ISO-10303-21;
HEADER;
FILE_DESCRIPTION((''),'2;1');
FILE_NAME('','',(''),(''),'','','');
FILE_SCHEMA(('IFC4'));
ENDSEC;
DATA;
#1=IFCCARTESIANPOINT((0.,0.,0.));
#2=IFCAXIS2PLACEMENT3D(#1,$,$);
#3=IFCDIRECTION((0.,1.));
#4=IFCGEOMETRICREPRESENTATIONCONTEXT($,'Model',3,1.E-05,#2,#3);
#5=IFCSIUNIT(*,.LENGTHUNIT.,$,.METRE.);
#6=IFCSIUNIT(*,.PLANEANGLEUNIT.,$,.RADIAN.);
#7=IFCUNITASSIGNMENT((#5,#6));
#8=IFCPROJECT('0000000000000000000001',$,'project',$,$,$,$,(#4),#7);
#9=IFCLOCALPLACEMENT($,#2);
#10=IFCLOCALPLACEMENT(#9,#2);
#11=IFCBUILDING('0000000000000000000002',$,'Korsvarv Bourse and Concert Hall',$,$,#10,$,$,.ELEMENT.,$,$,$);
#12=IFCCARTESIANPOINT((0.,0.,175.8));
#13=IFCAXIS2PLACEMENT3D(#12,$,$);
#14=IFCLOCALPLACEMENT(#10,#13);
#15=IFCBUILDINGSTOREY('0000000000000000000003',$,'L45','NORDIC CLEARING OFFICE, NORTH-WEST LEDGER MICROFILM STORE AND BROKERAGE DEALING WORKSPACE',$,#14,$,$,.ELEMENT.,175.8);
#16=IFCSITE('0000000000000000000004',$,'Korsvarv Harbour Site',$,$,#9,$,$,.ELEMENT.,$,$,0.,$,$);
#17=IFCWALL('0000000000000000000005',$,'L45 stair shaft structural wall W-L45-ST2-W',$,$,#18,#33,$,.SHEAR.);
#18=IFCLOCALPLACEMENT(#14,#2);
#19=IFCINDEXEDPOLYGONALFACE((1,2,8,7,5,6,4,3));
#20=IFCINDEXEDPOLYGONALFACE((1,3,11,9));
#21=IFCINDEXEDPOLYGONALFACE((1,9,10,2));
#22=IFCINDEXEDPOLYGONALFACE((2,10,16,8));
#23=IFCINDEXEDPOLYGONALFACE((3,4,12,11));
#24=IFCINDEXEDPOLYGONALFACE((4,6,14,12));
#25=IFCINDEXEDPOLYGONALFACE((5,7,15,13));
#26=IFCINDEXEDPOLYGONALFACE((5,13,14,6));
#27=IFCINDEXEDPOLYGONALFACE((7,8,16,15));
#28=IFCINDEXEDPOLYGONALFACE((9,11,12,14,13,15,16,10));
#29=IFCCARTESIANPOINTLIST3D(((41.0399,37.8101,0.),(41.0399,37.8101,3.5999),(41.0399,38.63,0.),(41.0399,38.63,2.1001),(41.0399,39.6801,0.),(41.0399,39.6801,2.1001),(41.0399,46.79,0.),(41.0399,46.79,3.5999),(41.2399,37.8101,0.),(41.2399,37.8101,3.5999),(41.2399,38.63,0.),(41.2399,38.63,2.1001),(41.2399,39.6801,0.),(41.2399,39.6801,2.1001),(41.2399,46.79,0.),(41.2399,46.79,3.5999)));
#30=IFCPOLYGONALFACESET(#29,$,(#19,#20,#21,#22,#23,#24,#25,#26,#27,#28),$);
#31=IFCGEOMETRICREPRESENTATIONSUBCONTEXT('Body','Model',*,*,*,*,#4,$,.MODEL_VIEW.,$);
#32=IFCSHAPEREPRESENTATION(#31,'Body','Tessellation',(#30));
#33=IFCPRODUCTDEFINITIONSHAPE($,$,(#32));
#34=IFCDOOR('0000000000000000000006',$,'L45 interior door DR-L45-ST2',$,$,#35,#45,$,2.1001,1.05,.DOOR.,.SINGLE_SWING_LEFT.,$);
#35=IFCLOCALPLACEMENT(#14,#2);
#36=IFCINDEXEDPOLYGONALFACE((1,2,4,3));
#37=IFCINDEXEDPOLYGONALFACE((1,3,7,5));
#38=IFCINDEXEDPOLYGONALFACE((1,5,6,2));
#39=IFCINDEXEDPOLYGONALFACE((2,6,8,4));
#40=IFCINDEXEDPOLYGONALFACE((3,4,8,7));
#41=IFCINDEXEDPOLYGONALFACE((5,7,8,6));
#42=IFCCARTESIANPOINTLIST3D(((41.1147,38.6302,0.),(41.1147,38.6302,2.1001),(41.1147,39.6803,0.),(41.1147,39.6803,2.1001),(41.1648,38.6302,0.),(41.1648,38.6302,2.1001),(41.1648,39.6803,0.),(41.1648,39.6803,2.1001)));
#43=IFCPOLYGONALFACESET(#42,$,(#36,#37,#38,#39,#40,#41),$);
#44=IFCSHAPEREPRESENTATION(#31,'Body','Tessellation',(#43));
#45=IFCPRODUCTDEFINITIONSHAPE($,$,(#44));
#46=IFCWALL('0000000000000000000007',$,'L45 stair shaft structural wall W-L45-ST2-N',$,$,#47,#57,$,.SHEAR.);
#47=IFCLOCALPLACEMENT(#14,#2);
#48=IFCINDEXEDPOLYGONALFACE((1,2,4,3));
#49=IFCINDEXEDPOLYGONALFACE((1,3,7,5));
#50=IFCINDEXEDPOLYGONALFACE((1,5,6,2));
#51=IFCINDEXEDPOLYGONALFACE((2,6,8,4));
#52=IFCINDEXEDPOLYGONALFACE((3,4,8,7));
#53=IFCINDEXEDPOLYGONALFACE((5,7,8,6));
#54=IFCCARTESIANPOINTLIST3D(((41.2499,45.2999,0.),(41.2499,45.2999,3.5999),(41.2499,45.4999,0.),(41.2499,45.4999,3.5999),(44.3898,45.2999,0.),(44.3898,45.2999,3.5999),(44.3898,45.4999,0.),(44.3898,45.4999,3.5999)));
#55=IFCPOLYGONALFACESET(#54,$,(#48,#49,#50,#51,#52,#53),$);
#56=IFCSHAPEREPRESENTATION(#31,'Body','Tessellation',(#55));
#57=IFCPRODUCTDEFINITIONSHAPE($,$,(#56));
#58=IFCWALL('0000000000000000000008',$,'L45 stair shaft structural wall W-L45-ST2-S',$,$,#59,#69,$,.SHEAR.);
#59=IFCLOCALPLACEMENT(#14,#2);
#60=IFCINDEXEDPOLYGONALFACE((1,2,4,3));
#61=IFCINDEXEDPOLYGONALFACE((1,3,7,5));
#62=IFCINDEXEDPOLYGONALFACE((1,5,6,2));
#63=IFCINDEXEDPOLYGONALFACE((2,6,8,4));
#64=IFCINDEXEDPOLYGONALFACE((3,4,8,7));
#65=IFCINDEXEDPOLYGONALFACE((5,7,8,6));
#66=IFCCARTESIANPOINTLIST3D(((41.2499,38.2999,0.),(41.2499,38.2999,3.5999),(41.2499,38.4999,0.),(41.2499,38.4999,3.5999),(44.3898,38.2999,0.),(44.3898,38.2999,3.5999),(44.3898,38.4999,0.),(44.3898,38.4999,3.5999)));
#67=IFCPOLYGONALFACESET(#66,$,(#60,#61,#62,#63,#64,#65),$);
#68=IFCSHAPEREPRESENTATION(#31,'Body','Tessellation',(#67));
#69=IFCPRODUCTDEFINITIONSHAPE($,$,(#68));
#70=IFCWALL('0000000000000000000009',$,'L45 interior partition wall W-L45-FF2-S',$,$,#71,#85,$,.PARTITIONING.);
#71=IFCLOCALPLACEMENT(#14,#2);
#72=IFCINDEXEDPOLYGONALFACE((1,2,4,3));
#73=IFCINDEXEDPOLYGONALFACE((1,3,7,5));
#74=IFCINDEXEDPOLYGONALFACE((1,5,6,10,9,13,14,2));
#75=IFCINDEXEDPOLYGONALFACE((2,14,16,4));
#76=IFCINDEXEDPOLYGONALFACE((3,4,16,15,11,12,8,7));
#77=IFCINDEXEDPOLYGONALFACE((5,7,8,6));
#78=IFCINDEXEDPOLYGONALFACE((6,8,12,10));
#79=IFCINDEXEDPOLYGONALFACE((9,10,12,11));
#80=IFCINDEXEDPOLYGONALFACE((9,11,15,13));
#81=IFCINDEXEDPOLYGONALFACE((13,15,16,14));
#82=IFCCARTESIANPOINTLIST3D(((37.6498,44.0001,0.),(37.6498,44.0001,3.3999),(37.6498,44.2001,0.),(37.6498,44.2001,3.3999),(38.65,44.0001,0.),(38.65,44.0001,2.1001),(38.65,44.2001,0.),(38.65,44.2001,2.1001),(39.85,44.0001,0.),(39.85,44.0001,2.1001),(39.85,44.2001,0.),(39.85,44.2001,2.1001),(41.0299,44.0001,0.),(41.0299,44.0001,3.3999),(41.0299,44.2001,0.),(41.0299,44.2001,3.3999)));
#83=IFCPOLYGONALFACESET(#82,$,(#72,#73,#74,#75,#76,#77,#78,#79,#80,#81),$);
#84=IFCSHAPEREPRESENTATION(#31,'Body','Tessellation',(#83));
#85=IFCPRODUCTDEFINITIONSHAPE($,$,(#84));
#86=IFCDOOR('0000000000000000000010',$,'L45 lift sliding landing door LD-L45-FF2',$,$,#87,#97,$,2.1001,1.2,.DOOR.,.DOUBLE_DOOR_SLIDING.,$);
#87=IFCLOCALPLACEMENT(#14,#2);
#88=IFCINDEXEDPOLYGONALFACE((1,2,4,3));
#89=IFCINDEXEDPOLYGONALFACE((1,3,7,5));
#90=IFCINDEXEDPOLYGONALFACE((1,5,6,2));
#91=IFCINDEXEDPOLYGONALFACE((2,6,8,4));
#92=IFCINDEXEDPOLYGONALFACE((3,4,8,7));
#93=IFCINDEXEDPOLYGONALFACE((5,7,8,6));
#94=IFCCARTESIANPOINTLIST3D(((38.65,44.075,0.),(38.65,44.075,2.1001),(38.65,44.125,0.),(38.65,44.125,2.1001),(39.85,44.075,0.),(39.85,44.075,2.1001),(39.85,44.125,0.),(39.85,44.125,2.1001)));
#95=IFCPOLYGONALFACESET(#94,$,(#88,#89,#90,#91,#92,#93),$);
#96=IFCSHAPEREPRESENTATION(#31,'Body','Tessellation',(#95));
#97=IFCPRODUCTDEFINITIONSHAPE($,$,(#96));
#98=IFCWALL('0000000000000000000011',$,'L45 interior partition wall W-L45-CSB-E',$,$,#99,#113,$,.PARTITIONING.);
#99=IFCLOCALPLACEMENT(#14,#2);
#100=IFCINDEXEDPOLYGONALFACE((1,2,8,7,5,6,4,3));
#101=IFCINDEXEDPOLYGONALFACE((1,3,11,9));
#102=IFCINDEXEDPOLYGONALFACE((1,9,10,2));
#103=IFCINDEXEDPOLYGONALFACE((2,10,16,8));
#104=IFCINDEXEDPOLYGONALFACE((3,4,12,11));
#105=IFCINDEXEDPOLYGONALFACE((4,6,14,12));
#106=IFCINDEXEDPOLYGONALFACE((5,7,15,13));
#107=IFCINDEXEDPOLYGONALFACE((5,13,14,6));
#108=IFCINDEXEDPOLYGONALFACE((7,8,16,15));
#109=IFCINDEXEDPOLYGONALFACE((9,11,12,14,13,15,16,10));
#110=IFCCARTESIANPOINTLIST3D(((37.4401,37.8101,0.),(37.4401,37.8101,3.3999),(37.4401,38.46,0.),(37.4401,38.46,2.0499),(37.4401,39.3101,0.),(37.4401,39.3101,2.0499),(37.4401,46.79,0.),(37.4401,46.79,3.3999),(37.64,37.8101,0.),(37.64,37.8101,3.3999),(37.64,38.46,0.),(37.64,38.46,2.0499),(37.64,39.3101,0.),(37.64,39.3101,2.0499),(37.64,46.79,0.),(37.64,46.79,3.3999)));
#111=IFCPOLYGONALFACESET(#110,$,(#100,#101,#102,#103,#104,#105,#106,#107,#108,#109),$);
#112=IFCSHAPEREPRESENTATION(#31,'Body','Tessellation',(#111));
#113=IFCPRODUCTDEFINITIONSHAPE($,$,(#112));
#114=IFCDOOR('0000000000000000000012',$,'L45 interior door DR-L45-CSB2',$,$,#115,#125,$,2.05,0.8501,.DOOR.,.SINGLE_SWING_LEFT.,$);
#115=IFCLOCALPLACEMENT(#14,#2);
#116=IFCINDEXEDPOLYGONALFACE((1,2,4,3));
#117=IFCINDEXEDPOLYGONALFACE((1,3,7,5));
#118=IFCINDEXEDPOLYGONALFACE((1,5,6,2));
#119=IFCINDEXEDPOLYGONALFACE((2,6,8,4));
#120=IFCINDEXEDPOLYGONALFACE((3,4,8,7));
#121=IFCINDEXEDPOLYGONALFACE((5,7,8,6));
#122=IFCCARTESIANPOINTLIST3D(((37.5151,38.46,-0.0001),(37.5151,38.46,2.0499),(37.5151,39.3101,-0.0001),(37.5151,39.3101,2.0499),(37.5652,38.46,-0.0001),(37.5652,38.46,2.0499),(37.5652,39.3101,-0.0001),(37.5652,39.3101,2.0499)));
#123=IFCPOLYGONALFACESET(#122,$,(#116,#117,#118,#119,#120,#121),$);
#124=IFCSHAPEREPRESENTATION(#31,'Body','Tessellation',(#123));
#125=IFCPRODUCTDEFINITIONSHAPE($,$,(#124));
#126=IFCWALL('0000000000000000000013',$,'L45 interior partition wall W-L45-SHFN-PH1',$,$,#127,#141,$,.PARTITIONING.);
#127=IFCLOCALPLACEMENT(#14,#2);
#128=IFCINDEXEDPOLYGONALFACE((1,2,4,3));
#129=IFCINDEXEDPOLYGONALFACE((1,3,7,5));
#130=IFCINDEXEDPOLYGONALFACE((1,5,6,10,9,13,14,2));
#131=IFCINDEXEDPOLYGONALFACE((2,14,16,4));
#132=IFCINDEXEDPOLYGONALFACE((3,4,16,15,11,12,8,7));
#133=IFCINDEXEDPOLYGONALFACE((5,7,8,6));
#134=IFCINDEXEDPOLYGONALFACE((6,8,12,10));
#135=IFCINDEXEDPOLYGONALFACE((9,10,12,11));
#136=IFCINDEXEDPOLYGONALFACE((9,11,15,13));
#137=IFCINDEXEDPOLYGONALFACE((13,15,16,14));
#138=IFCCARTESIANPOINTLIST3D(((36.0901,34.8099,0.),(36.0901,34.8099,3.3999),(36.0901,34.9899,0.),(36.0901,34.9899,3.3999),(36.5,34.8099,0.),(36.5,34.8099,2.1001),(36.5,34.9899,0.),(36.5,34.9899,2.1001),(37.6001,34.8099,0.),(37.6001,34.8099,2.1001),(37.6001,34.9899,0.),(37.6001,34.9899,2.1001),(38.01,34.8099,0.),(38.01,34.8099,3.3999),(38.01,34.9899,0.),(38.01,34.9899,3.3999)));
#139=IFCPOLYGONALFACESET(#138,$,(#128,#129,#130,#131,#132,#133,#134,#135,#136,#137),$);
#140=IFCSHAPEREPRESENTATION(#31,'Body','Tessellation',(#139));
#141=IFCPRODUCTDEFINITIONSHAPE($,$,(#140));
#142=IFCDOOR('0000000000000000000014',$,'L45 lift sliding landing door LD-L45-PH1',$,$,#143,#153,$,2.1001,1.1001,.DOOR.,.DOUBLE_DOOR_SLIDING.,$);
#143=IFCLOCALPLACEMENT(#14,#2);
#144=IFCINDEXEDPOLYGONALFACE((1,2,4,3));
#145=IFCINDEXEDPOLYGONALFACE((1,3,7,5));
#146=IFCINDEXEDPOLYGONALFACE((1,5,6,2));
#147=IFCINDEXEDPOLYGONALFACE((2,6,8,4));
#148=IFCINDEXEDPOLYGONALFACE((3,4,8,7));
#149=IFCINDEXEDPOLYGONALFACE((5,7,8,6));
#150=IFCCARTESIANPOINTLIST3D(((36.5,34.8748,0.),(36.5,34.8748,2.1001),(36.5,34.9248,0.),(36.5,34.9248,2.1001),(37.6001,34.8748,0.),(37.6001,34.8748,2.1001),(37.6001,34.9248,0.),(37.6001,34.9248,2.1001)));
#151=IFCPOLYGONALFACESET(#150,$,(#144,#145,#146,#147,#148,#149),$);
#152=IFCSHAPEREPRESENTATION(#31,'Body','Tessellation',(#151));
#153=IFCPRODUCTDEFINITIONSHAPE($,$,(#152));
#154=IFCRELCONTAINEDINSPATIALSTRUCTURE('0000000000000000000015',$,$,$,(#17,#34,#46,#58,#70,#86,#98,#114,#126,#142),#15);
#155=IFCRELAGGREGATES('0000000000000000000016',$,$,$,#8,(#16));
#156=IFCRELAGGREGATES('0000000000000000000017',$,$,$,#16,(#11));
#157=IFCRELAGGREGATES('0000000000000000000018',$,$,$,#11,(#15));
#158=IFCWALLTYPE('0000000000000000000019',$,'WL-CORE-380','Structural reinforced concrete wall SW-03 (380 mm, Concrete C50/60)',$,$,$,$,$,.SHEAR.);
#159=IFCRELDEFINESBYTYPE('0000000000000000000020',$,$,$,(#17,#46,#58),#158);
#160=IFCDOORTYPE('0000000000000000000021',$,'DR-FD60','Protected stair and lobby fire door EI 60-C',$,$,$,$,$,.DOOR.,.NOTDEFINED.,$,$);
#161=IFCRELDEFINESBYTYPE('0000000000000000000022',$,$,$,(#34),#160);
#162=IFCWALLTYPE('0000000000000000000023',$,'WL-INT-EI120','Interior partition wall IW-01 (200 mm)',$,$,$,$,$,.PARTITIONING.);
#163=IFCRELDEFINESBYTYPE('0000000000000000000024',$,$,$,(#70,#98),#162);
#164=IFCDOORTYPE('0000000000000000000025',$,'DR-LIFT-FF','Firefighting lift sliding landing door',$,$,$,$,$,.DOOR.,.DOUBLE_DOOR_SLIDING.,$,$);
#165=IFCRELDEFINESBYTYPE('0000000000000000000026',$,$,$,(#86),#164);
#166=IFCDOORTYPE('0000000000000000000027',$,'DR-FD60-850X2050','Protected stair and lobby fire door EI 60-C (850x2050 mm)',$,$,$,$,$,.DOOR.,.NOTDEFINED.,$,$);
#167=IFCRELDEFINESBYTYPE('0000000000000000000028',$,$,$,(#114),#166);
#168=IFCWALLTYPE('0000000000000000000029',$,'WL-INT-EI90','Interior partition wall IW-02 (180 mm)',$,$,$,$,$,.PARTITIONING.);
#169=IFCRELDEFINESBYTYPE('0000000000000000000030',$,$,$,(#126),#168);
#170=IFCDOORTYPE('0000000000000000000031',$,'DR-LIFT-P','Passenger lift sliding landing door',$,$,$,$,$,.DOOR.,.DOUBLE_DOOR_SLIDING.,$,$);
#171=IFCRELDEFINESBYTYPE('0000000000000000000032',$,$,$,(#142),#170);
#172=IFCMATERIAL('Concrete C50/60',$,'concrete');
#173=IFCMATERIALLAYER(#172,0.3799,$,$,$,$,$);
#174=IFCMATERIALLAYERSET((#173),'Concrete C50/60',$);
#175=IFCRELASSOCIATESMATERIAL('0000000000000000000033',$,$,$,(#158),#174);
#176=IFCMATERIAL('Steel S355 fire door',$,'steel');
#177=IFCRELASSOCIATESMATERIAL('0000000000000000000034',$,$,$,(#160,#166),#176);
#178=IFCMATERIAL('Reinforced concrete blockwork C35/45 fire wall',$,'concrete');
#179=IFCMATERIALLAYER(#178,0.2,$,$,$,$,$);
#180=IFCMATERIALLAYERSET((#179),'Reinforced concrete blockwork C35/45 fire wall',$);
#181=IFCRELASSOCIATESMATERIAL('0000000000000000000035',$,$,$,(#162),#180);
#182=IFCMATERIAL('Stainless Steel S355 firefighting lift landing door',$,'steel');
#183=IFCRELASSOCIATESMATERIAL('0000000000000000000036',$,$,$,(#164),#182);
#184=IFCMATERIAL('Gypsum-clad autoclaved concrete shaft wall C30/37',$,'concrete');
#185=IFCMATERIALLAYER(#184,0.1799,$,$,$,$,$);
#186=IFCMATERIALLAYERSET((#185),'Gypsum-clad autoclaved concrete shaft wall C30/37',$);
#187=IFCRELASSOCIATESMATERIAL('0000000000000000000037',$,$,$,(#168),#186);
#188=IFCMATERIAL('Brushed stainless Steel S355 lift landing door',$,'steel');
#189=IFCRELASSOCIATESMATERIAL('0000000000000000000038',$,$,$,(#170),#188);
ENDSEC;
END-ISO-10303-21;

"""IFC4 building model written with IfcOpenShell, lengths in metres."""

from ifc_helpers import new_model, si_unit, direction, frame, frame_2d, origin, place, context, subcontext, project, spatial, rectangle, extrude, material, layer, layer_set, type_object, element, fill, save


model = new_model("IFC4")

# Units and contexts
model_context = context("Model", 3, precision=1e-05, world=origin(), true_north=direction((0.0, 1.0)))
body_context = subcontext(model_context, "Body", "Model", "MODEL_VIEW")
ifc_project = project(units=[si_unit("LENGTHUNIT", "METRE"), si_unit("PLANEANGLEUNIT", "RADIAN")], contexts=[model_context])

# Site, building, storey
site_placement = place(None, origin())
site = spatial("IfcSite", under=ifc_project, at=site_placement, Name="Korsvarv Harbour Site", CompositionType="ELEMENT", RefElevation=0.0)
building_placement = place(site_placement, origin())
building = spatial("IfcBuilding", under=site, at=building_placement, Name="Korsvarv Bourse and Concert Hall", CompositionType="ELEMENT")
storey_placement = place(building_placement, frame((0.0, 0.0, 175.8)))
storey = spatial("IfcBuildingStorey", under=building, at=storey_placement, Name="L45", Description="NORDIC CLEARING OFFICE, NORTH-WEST LEDGER MICROFILM STORE AND BROKERAGE DEALING WORKSPACE", CompositionType="ELEMENT", Elevation=175.8)

# Wall, opening, door
ifc_material_1 = material(Name="Concrete C50/60", Category="concrete")
ifc_layer_1 = layer(ifc_material_1, 0.3799)
ifc_layer_set_1 = layer_set([ifc_layer_1], Name="Concrete C50/60")
wall_type_1 = type_object("IfcWallType", Name="WL-CORE-380", Description="Structural reinforced concrete wall SW-03 (380 mm, Concrete C50/60)", PredefinedType="SHEAR", material=ifc_layer_set_1)
wall_1_placement = place(storey_placement, frame((41.1399, 37.8101, 0.0), z_axis=(0.0, 0.0, 1.0), x_axis=(0.0, 1.0, 0.0)))
wall_1 = element("IfcWall", 1, at=wall_1_placement, inside=storey, type_object=wall_type_1, Name="L45 stair shaft structural wall W-L45-ST2-W", PredefinedType="SHEAR", context=body_context, shape_type="SweptSolid", body=[
    extrude(rectangle(XDim=8.98, YDim=0.2, at=frame_2d((4.49, 0.0))), origin(), (0.0, 0.0, 1.0), 3.5999),
])
opening_1_placement = place(wall_1_placement, frame((0.8201, 0.0, 0.0)))
opening_1 = element("IfcOpeningElement", 2, at=opening_1_placement, cuts=wall_1, PredefinedType="OPENING", context=body_context, shape_type="SweptSolid", body=[
    extrude(rectangle(XDim=1.05, YDim=2.1001, at=frame_2d((0.5249, 1.05))), frame((0.0, 0.1099, 0.0), z_axis=(0.0, -1.0, 0.0), x_axis=(1.0, 0.0, 0.0)), (0.0, 0.0, 1.0), 0.22),
])
ifc_material_2 = material(Name="Steel S355 fire door", Category="steel")
door_type_1 = type_object("IfcDoorType", Name="DR-FD60", Description="Protected stair and lobby fire door EI 60-C", OperationType="NOTDEFINED", PredefinedType="DOOR", material=ifc_material_2)
door_1_placement = place(opening_1_placement, frame((1.05, 0.0, 0.0), z_axis=(0.0, 0.0, 1.0), x_axis=(-1.0, 0.0, 0.0)))
door_1 = element("IfcDoor", 3, at=door_1_placement, inside=storey, type_object=door_type_1, Name="L45 interior door DR-L45-ST2", OperationType="SINGLE_SWING_LEFT", OverallHeight=2.1001, OverallWidth=1.05, PredefinedType="DOOR", context=body_context, shape_type="SweptSolid", body=[
    extrude(rectangle(XDim=1.05, YDim=2.1001, at=frame_2d((0.5249, 1.05))), frame((0.0, 0.0249, 0.0), z_axis=(0.0, -1.0, 0.0), x_axis=(1.0, 0.0, 0.0)), (0.0, 0.0, 1.0), 0.05),
])
fill(opening_1, door_1)

# Walls
for number, where, z_axis, x_axis, name in (
    (4, (41.25, 45.3999, 0.0), (0.0, 0.0, 1.0), (1.0, 0.0, 0.0), "L45 stair shaft structural wall W-L45-ST2-N"),
    (5, (41.25, 38.3999, 0.0), (0.0, 0.0, 1.0), (1.0, 0.0, 0.0), "L45 stair shaft structural wall W-L45-ST2-S"),
):
    element("IfcWall", number, at=place(storey_placement, frame(where, z_axis=z_axis, x_axis=x_axis)), inside=storey, type_object=wall_type_1, Name=name, PredefinedType="SHEAR", context=body_context, shape_type="SweptSolid", body=[
        extrude(rectangle(XDim=3.1399, YDim=0.2, at=frame_2d((1.5698, 0.0))), origin(), (0.0, 0.0, 1.0), 3.5999),
    ])

# Walls, openings, doors
ifc_material_3 = material(Name="Reinforced concrete blockwork C35/45 fire wall", Category="concrete")
ifc_layer_2 = layer(ifc_material_3, 0.2)
ifc_layer_set_2 = layer_set([ifc_layer_2], Name="Reinforced concrete blockwork C35/45 fire wall")
wall_type_2 = type_object("IfcWallType", Name="WL-INT-EI120", Description="Interior partition wall IW-01 (200 mm)", PredefinedType="PARTITIONING", material=ifc_layer_set_2)
wall_2_placement = place(storey_placement, frame((37.6499, 44.1001, 0.0), z_axis=(0.0, 0.0, 1.0), x_axis=(1.0, 0.0, 0.0)))
wall_2 = element("IfcWall", 6, at=wall_2_placement, inside=storey, type_object=wall_type_2, Name="L45 interior partition wall W-L45-FF2-S", PredefinedType="PARTITIONING", context=body_context, shape_type="SweptSolid", body=[
    extrude(rectangle(XDim=3.3801, YDim=0.2, at=frame_2d((1.6899, 0.0))), origin(), (0.0, 0.0, 1.0), 3.3999),
])
opening_2_placement = place(wall_2_placement, frame((1.0, 0.0, 0.0)))
opening_2 = element("IfcOpeningElement", 7, at=opening_2_placement, cuts=wall_2, PredefinedType="OPENING", context=body_context, shape_type="SweptSolid", body=[
    extrude(rectangle(XDim=1.2, YDim=2.1001, at=frame_2d((0.6001, 1.05))), frame((0.0, 0.1099, 0.0), z_axis=(0.0, -1.0, 0.0), x_axis=(1.0, 0.0, 0.0)), (0.0, 0.0, 1.0), 0.22),
])
ifc_material_4 = material(Name="Stainless Steel S355 firefighting lift landing door", Category="steel")
door_type_2 = type_object("IfcDoorType", Name="DR-LIFT-FF", Description="Firefighting lift sliding landing door", OperationType="DOUBLE_DOOR_SLIDING", PredefinedType="DOOR", material=ifc_material_4)
door_2_placement = place(opening_2_placement, origin())
door_2 = element("IfcDoor", 8, at=door_2_placement, inside=storey, type_object=door_type_2, Name="L45 lift sliding landing door LD-L45-FF2", OperationType="DOUBLE_DOOR_SLIDING", OverallHeight=2.1001, OverallWidth=1.2, PredefinedType="DOOR", context=body_context, shape_type="SweptSolid", body=[
    extrude(rectangle(XDim=1.2, YDim=2.1001, at=frame_2d((0.6001, 1.05))), frame((0.0, 0.0249, 0.0), z_axis=(0.0, -1.0, 0.0), x_axis=(1.0, 0.0, 0.0)), (0.0, 0.0, 1.0), 0.05),
])
fill(opening_2, door_2)
wall_3_placement = place(storey_placement, frame((37.54, 37.8101, 0.0), z_axis=(0.0, 0.0, 1.0), x_axis=(0.0, 1.0, 0.0)))
wall_3 = element("IfcWall", 9, at=wall_3_placement, inside=storey, type_object=wall_type_2, Name="L45 interior partition wall W-L45-CSB-E", PredefinedType="PARTITIONING", context=body_context, shape_type="SweptSolid", body=[
    extrude(rectangle(XDim=8.98, YDim=0.2, at=frame_2d((4.49, 0.0))), origin(), (0.0, 0.0, 1.0), 3.3999),
])
opening_3_placement = place(wall_3_placement, frame((0.6499, 0.0, 0.0)))
opening_3 = element("IfcOpeningElement", 10, at=opening_3_placement, cuts=wall_3, PredefinedType="OPENING", context=body_context, shape_type="SweptSolid", body=[
    extrude(rectangle(XDim=0.8501, YDim=2.05, at=frame_2d((0.425, 1.0249))), frame((0.0, 0.1099, 0.0), z_axis=(0.0, -1.0, 0.0), x_axis=(1.0, 0.0, 0.0)), (0.0, 0.0, 1.0), 0.22),
])
door_type_3 = type_object("IfcDoorType", Name="DR-FD60-850X2050", Description="Protected stair and lobby fire door EI 60-C (850x2050 mm)", OperationType="NOTDEFINED", PredefinedType="DOOR", material=ifc_material_2)
door_3_placement = place(opening_3_placement, origin())
door_3 = element("IfcDoor", 11, at=door_3_placement, inside=storey, type_object=door_type_3, Name="L45 interior door DR-L45-CSB2", OperationType="SINGLE_SWING_LEFT", OverallHeight=2.05, OverallWidth=0.8501, PredefinedType="DOOR", context=body_context, shape_type="SweptSolid", body=[
    extrude(rectangle(XDim=0.8501, YDim=2.05, at=frame_2d((0.425, 1.0249))), frame((0.0, 0.0249, 0.0), z_axis=(0.0, -1.0, 0.0), x_axis=(1.0, 0.0, 0.0)), (0.0, 0.0, 1.0), 0.05),
])
fill(opening_3, door_3)
ifc_material_5 = material(Name="Gypsum-clad autoclaved concrete shaft wall C30/37", Category="concrete")
ifc_layer_3 = layer(ifc_material_5, 0.1799)
ifc_layer_set_3 = layer_set([ifc_layer_3], Name="Gypsum-clad autoclaved concrete shaft wall C30/37")
wall_type_3 = type_object("IfcWallType", Name="WL-INT-EI90", Description="Interior partition wall IW-02 (180 mm)", PredefinedType="PARTITIONING", material=ifc_layer_set_3)
wall_4_placement = place(storey_placement, frame((36.0901, 34.8999, 0.0), z_axis=(0.0, 0.0, 1.0), x_axis=(1.0, 0.0, 0.0)))
wall_4 = element("IfcWall", 12, at=wall_4_placement, inside=storey, type_object=wall_type_3, Name="L45 interior partition wall W-L45-SHFN-PH1", PredefinedType="PARTITIONING", context=body_context, shape_type="SweptSolid", body=[
    extrude(rectangle(XDim=1.9199, YDim=0.1799, at=frame_2d((0.96, 0.0))), origin(), (0.0, 0.0, 1.0), 3.3999),
])
opening_4_placement = place(wall_4_placement, frame((0.4099, 0.0, 0.0)))
opening_4 = element("IfcOpeningElement", 13, at=opening_4_placement, cuts=wall_4, PredefinedType="OPENING", context=body_context, shape_type="SweptSolid", body=[
    extrude(rectangle(XDim=1.1001, YDim=2.1001, at=frame_2d((0.55, 1.05))), frame((0.0, 0.1001, 0.0), z_axis=(0.0, -1.0, 0.0), x_axis=(1.0, 0.0, 0.0)), (0.0, 0.0, 1.0), 0.2),
])
ifc_material_6 = material(Name="Brushed stainless Steel S355 lift landing door", Category="steel")
door_type_4 = type_object("IfcDoorType", Name="DR-LIFT-P", Description="Passenger lift sliding landing door", OperationType="DOUBLE_DOOR_SLIDING", PredefinedType="DOOR", material=ifc_material_6)
door_4_placement = place(opening_4_placement, origin())
door_4 = element("IfcDoor", 14, at=door_4_placement, inside=storey, type_object=door_type_4, Name="L45 lift sliding landing door LD-L45-PH1", OperationType="DOUBLE_DOOR_SLIDING", OverallHeight=2.1001, OverallWidth=1.1001, PredefinedType="DOOR", context=body_context, shape_type="SweptSolid", body=[
    extrude(rectangle(XDim=1.1001, YDim=2.1001, at=frame_2d((0.55, 1.05))), frame((0.0, 0.0249, 0.0), z_axis=(0.0, -1.0, 0.0), x_axis=(1.0, 0.0, 0.0)), (0.0, 0.0, 1.0), 0.05),
])
fill(opening_4, door_4)

save(model, "model.ifc")
